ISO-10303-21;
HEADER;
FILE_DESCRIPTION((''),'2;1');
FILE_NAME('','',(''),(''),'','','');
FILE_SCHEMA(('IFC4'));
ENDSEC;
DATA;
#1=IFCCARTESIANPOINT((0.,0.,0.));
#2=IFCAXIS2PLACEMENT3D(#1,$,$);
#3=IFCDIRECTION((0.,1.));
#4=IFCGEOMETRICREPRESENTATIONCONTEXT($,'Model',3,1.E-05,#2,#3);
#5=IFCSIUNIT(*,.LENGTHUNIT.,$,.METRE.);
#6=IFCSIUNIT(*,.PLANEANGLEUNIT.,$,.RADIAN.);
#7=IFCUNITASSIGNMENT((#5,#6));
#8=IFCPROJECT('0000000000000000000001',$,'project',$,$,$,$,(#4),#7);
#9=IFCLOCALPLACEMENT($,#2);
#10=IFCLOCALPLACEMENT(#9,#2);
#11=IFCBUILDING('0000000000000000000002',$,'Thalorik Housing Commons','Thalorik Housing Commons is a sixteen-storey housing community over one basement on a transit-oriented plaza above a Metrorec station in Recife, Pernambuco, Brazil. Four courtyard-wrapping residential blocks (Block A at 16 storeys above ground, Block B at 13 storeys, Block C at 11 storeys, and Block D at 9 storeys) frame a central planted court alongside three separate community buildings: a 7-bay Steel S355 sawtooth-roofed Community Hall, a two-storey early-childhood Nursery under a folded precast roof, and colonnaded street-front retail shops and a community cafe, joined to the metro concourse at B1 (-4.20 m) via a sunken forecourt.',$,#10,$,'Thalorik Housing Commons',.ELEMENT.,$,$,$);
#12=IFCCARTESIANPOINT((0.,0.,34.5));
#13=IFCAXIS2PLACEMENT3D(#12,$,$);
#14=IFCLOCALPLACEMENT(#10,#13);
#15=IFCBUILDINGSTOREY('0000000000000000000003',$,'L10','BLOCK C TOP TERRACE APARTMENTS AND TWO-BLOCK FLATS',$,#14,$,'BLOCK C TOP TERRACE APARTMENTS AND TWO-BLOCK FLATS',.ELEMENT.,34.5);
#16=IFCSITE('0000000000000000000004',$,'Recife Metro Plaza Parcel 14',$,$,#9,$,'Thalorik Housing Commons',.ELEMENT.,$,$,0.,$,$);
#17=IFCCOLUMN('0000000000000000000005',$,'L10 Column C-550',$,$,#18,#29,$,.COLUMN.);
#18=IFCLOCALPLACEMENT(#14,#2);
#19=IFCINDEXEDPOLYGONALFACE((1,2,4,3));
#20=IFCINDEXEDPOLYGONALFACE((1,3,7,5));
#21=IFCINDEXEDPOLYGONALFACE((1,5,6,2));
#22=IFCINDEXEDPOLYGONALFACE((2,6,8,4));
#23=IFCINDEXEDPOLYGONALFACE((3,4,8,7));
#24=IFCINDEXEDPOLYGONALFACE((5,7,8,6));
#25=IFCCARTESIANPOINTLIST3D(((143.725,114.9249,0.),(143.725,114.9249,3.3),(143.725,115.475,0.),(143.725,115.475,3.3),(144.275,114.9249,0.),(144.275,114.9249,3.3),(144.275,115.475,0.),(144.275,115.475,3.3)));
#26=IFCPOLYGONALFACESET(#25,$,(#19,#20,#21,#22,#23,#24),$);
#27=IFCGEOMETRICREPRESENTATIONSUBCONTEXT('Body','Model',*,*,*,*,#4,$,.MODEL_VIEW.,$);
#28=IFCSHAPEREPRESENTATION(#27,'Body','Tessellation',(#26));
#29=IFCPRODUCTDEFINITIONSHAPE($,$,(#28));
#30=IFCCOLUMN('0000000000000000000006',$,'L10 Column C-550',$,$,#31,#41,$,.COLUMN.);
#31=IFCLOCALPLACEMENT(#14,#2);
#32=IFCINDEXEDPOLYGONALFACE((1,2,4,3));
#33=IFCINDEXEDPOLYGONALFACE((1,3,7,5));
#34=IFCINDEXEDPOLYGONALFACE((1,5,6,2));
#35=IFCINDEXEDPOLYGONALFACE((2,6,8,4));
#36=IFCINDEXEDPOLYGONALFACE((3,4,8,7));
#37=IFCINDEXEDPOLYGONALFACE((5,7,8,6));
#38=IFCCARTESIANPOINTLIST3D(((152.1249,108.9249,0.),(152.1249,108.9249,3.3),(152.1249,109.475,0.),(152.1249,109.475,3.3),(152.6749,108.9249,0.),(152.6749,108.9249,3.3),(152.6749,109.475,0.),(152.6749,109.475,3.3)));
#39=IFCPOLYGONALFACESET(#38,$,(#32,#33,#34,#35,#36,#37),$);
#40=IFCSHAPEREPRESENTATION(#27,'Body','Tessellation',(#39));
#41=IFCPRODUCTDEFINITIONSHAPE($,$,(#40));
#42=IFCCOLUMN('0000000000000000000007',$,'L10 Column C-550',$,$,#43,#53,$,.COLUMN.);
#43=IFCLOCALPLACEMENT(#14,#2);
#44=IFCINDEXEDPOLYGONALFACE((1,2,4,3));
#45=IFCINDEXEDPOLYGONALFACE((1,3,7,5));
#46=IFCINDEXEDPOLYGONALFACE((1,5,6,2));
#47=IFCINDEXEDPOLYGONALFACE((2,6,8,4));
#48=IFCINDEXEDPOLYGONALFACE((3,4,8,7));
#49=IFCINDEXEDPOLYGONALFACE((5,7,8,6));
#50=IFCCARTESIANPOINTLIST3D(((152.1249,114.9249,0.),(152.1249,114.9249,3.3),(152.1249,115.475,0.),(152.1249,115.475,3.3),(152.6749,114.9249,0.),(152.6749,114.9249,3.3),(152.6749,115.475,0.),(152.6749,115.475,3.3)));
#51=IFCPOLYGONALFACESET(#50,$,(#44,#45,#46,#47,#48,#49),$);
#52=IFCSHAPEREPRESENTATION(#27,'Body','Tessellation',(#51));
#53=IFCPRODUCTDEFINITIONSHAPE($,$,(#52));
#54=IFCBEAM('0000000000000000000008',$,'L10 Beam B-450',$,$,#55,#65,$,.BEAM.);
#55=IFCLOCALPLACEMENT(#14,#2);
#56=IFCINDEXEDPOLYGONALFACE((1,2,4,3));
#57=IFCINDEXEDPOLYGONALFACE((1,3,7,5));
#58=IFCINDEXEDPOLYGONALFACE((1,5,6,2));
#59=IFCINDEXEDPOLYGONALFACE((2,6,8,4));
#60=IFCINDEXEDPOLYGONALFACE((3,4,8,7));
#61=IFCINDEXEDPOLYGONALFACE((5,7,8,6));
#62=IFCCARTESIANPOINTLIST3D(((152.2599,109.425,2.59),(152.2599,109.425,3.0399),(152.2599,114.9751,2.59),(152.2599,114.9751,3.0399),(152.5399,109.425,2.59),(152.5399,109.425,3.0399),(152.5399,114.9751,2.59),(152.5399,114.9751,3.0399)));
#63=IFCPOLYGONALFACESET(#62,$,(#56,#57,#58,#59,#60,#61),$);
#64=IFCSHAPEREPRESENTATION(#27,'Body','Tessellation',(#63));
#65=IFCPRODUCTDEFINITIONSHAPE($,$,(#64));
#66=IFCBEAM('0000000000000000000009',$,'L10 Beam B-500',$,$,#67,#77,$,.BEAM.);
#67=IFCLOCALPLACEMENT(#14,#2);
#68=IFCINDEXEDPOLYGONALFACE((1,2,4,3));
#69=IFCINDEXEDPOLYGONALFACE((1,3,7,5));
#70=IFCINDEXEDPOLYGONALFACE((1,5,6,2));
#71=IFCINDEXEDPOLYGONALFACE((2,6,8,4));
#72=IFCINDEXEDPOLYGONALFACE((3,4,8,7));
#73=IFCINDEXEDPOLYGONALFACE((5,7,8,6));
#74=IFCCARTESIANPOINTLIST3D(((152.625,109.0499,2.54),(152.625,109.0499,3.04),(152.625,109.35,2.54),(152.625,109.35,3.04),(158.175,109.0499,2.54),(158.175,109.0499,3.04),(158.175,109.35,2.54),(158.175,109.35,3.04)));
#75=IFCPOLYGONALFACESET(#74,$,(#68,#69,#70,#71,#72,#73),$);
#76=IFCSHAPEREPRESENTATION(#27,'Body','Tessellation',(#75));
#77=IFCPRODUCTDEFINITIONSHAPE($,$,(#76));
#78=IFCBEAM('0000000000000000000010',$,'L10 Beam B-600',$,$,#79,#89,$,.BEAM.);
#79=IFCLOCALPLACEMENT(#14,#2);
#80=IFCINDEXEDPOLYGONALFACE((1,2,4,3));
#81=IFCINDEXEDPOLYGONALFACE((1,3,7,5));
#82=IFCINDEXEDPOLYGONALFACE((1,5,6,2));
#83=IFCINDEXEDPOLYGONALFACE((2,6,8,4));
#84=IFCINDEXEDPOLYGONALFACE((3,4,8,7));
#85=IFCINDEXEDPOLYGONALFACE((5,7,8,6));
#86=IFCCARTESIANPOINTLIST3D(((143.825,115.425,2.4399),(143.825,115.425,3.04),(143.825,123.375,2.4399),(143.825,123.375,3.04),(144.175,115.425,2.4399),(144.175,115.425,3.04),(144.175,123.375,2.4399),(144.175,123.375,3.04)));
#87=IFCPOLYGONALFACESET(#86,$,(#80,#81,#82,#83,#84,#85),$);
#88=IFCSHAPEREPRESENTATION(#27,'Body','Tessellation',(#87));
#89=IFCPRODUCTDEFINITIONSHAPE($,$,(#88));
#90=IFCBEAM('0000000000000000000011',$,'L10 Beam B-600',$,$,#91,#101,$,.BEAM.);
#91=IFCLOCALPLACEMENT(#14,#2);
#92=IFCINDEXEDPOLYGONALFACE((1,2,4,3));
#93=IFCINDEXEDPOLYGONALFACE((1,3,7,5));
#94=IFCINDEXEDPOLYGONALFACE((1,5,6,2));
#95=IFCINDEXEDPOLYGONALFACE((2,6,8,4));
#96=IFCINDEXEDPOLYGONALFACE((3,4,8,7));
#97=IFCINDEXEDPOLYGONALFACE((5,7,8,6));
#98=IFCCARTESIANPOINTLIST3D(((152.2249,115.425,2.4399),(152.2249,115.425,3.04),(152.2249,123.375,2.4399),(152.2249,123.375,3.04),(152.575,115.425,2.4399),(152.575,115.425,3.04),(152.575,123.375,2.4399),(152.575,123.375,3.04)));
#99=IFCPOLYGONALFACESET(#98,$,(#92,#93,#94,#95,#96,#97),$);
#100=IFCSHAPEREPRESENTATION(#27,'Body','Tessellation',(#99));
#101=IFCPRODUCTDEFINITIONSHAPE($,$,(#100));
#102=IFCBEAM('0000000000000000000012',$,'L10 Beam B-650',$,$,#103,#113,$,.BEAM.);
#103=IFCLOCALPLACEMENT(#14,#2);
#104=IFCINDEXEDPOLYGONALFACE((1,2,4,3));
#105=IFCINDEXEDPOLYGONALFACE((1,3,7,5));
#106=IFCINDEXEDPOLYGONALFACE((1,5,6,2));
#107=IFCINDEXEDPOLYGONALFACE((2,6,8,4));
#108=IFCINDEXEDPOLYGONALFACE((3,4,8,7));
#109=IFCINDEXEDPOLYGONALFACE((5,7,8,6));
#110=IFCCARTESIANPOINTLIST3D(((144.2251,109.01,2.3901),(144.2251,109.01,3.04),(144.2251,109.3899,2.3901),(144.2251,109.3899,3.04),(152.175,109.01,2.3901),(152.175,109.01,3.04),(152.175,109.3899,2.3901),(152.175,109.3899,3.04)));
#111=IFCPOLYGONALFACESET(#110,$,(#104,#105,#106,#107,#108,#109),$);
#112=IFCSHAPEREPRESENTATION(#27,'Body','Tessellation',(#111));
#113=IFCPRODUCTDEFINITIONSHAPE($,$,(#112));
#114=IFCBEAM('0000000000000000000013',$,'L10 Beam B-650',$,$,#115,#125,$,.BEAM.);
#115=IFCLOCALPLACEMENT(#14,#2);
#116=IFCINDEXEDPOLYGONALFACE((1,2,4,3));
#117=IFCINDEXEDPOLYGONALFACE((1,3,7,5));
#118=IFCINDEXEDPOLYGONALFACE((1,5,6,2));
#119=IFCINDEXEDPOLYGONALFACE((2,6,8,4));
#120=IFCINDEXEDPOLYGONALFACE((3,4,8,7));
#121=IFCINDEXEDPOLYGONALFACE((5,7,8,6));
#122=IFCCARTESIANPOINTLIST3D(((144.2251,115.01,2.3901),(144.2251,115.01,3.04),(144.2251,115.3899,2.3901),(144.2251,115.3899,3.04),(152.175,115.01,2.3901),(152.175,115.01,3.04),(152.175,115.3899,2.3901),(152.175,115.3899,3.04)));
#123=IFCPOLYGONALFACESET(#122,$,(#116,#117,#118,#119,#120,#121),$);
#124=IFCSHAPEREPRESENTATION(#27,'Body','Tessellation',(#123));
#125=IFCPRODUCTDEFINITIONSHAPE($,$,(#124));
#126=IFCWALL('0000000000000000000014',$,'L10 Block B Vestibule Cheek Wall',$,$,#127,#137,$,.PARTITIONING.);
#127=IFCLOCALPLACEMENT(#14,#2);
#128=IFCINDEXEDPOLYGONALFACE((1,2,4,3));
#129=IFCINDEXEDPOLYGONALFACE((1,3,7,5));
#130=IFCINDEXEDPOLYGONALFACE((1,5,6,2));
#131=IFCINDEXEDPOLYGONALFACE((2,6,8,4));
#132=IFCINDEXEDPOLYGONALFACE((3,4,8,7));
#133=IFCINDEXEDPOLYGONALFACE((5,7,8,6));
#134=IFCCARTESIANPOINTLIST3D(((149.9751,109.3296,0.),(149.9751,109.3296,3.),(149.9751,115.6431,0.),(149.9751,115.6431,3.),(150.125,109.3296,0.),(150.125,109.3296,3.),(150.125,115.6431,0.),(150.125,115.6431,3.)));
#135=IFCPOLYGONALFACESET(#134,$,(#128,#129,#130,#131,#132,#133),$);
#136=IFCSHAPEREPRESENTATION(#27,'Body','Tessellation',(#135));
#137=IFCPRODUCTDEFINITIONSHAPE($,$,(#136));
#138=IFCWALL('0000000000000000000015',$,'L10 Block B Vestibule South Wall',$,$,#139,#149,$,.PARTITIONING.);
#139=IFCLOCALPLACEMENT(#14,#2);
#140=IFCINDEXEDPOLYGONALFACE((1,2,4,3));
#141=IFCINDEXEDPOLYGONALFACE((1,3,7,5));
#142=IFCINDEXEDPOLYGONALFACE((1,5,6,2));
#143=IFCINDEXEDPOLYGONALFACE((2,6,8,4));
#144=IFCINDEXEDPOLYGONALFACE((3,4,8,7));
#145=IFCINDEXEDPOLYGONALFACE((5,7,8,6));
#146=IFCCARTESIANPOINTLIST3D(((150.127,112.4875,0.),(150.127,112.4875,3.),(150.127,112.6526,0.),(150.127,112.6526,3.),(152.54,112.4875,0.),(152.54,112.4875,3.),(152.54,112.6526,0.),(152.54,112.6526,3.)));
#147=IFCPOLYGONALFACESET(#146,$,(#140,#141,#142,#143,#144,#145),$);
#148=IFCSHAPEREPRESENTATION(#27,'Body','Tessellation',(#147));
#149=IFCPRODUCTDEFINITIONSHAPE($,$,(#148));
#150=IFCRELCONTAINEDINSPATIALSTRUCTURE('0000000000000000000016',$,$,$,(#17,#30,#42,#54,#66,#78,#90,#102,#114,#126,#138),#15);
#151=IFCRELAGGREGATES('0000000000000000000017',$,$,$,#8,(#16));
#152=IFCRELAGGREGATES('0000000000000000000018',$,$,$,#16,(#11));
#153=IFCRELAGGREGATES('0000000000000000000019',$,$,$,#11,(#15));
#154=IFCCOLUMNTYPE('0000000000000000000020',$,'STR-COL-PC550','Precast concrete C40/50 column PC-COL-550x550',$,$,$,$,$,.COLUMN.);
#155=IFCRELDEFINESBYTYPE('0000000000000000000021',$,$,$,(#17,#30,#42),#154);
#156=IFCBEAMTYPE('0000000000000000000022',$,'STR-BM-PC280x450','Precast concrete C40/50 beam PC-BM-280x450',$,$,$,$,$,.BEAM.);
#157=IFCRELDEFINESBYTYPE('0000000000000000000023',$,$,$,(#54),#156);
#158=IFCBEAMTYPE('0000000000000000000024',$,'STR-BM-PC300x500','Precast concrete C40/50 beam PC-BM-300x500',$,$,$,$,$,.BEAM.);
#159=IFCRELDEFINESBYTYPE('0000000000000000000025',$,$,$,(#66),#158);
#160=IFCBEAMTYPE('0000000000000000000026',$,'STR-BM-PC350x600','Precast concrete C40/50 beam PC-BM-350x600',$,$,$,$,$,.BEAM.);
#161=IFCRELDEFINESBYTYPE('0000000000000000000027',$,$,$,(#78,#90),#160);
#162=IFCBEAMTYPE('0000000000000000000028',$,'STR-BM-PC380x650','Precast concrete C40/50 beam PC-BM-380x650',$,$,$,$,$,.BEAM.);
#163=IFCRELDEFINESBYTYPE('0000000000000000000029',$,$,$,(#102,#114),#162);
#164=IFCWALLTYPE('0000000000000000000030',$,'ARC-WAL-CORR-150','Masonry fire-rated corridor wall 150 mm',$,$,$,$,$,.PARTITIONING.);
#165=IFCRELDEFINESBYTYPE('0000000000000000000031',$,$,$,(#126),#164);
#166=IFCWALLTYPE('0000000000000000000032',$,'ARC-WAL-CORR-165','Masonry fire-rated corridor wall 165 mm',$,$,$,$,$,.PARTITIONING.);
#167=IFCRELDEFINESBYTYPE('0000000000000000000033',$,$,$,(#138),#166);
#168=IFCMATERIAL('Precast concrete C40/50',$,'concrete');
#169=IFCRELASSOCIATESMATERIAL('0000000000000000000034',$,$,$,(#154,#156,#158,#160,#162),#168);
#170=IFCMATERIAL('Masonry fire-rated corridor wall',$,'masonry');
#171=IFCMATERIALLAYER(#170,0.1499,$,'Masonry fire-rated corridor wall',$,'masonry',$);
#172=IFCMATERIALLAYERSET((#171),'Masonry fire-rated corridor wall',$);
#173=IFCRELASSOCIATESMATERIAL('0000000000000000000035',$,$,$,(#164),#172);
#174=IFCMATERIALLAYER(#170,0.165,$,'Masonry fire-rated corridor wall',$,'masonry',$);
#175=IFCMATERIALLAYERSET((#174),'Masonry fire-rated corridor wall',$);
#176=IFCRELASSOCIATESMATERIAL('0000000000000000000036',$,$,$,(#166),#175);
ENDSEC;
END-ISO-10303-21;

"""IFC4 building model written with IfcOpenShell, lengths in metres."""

from ifc_helpers import new_model, si_unit, direction, frame, frame_2d, origin, origin_2d, place, context, subcontext, project, spatial, rectangle, extrude, material, layer, layer_set, material_profile, profile_set, type_object, element, save


model = new_model("IFC4")

# Units and contexts
model_context = context("Model", 3, precision=1e-05, world=origin(), true_north=direction((0.0, 1.0)))
body_context = subcontext(model_context, "Body", "Model", "MODEL_VIEW")
ifc_project = project(units=[si_unit("LENGTHUNIT", "METRE"), si_unit("PLANEANGLEUNIT", "RADIAN")], contexts=[model_context])

# Site, building, storey
site_placement = place(None, origin())
site = spatial("IfcSite", under=ifc_project, at=site_placement, Name="Recife Metro Plaza Parcel 14", LongName="Thalorik Housing Commons", CompositionType="ELEMENT", RefElevation=0.0)
building_placement = place(site_placement, origin())
building = spatial("IfcBuilding", under=site, at=building_placement, Name="Thalorik Housing Commons", Description="Thalorik Housing Commons is a sixteen-storey housing community over one basement on a transit-oriented plaza above a Metrorec station in Recife, Pernambuco, Brazil. Four courtyard-wrapping residential blocks (Block A at 16 storeys above ground, Block B at 13 storeys, Block C at 11 storeys, and Block D at 9 storeys) frame a central planted court alongside three separate community buildings: a 7-bay Steel S355 sawtooth-roofed Community Hall, a two-storey early-childhood Nursery under a folded precast roof, and colonnaded street-front retail shops and a community cafe, joined to the metro concourse at B1 (-4.20 m) via a sunken forecourt.", LongName="Thalorik Housing Commons", CompositionType="ELEMENT")
storey_placement = place(building_placement, frame((0.0, 0.0, 34.5)))
storey = spatial("IfcBuildingStorey", under=building, at=storey_placement, Name="L10", Description="BLOCK C TOP TERRACE APARTMENTS AND TWO-BLOCK FLATS", LongName="BLOCK C TOP TERRACE APARTMENTS AND TWO-BLOCK FLATS", CompositionType="ELEMENT", Elevation=34.5)

# Columns
ifc_material_1 = material(Name="Precast concrete C40/50", Category="concrete")
ifc_material_profile_1 = material_profile(ifc_material_1, rectangle(XDim=0.55, YDim=0.55, at=origin_2d()), Name="PC 550x550", Category="concrete")
ifc_profile_set_1 = profile_set([ifc_material_profile_1], Name="Precast concrete C40/50")
column_type = type_object("IfcColumnType", Name="STR-COL-PC550", Description="Precast concrete C40/50 column PC-COL-550x550", PredefinedType="COLUMN", material=ifc_profile_set_1)
for number, where, z_axis, x_axis, name in (
    (1, (144.0, 115.2, 0.0), (0.0, 0.0, 1.0), (1.0, 0.0, 0.0), "L10 Column C-550"),
    (2, (152.3999, 109.2, 0.0), (0.0, 0.0, 1.0), (1.0, 0.0, 0.0), "L10 Column C-550"),
    (3, (152.3999, 115.2, 0.0), (0.0, 0.0, 1.0), (1.0, 0.0, 0.0), "L10 Column C-550"),
):
    element("IfcColumn", number, at=place(storey_placement, frame(where, z_axis=z_axis, x_axis=x_axis)), inside=storey, type_object=column_type, Name=name, PredefinedType="COLUMN", context=body_context, shape_type="SweptSolid", body=[
        extrude(rectangle(XDim=0.55, YDim=0.55, at=origin_2d()), origin(), (0.0, 0.0, 1.0), 3.3),
    ])

# Beams
ifc_material_profile_2 = material_profile(ifc_material_1, rectangle(XDim=0.28, YDim=0.45, at=origin_2d()), Name="PC 280x450", Category="concrete")
ifc_profile_set_2 = profile_set([ifc_material_profile_2], Name="Precast concrete C40/50")
beam_type_1 = type_object("IfcBeamType", Name="STR-BM-PC280x450", Description="Precast concrete C40/50 beam PC-BM-280x450", PredefinedType="BEAM", material=ifc_profile_set_2)
beam_1_placement = place(storey_placement, frame((152.3999, 109.425, 2.8149), z_axis=(0.0, 1.0, 0.0), x_axis=(-1.0, 0.0, 0.0)))
element("IfcBeam", 4, at=beam_1_placement, inside=storey, type_object=beam_type_1, Name="L10 Beam B-450", PredefinedType="BEAM", context=body_context, shape_type="SweptSolid", body=[
    extrude(rectangle(XDim=0.28, YDim=0.45, at=origin_2d()), origin(), (0.0, 0.0, 1.0), 5.55),
])
ifc_material_profile_3 = material_profile(ifc_material_1, rectangle(XDim=0.3, YDim=0.5, at=origin_2d()), Name="PC 300x500", Category="concrete")
ifc_profile_set_3 = profile_set([ifc_material_profile_3], Name="Precast concrete C40/50")
beam_type_2 = type_object("IfcBeamType", Name="STR-BM-PC300x500", Description="Precast concrete C40/50 beam PC-BM-300x500", PredefinedType="BEAM", material=ifc_profile_set_3)
beam_2_placement = place(storey_placement, frame((152.625, 109.2, 2.79), z_axis=(1.0, 0.0, 0.0), x_axis=(0.0, 1.0, 0.0)))
element("IfcBeam", 5, at=beam_2_placement, inside=storey, type_object=beam_type_2, Name="L10 Beam B-500", PredefinedType="BEAM", context=body_context, shape_type="SweptSolid", body=[
    extrude(rectangle(XDim=0.3, YDim=0.5, at=origin_2d()), origin(), (0.0, 0.0, 1.0), 5.55),
])
ifc_material_profile_4 = material_profile(ifc_material_1, rectangle(XDim=0.3501, YDim=0.6001, at=origin_2d()), Name="PC 350x600", Category="concrete")
ifc_profile_set_4 = profile_set([ifc_material_profile_4], Name="Precast concrete C40/50")
beam_type_3 = type_object("IfcBeamType", Name="STR-BM-PC350x600", Description="Precast concrete C40/50 beam PC-BM-350x600", PredefinedType="BEAM", material=ifc_profile_set_4)
for number, where, z_axis, x_axis, name in (
    (6, (144.0, 115.425, 2.74), (0.0, 1.0, 0.0), (-1.0, 0.0, 0.0), "L10 Beam B-600"),
    (7, (152.3999, 115.425, 2.74), (0.0, 1.0, 0.0), (-1.0, 0.0, 0.0), "L10 Beam B-600"),
):
    element("IfcBeam", number, at=place(storey_placement, frame(where, z_axis=z_axis, x_axis=x_axis)), inside=storey, type_object=beam_type_3, Name=name, PredefinedType="BEAM", context=body_context, shape_type="SweptSolid", body=[
        extrude(rectangle(XDim=0.3501, YDim=0.6001, at=origin_2d()), origin(), (0.0, 0.0, 1.0), 7.95),
    ])
ifc_material_profile_5 = material_profile(ifc_material_1, rectangle(XDim=0.3799, YDim=0.6499, at=origin_2d()), Name="PC 380x650", Category="concrete")
ifc_profile_set_5 = profile_set([ifc_material_profile_5], Name="Precast concrete C40/50")
beam_type_4 = type_object("IfcBeamType", Name="STR-BM-PC380x650", Description="Precast concrete C40/50 beam PC-BM-380x650", PredefinedType="BEAM", material=ifc_profile_set_5)
for number, where, z_axis, x_axis, name in (
    (8, (144.2251, 109.2, 2.7151), (1.0, 0.0, 0.0), (0.0, 1.0, 0.0), "L10 Beam B-650"),
    (9, (144.2251, 115.2, 2.7151), (1.0, 0.0, 0.0), (0.0, 1.0, 0.0), "L10 Beam B-650"),
):
    element("IfcBeam", number, at=place(storey_placement, frame(where, z_axis=z_axis, x_axis=x_axis)), inside=storey, type_object=beam_type_4, Name=name, PredefinedType="BEAM", context=body_context, shape_type="SweptSolid", body=[
        extrude(rectangle(XDim=0.3799, YDim=0.6499, at=origin_2d()), origin(), (0.0, 0.0, 1.0), 7.95),
    ])

# Walls
ifc_material_2 = material(Name="Masonry fire-rated corridor wall", Category="masonry")
ifc_layer_1 = layer(ifc_material_2, 0.1499, Name="Masonry fire-rated corridor wall", Category="masonry")
ifc_layer_set_1 = layer_set([ifc_layer_1], Name="Masonry fire-rated corridor wall")
wall_type_1 = type_object("IfcWallType", Name="ARC-WAL-CORR-150", Description="Masonry fire-rated corridor wall 150 mm", PredefinedType="PARTITIONING", material=ifc_layer_set_1)
wall_1_placement = place(storey_placement, frame((150.05, 109.3296, 0.0), z_axis=(0.0, 0.0, 1.0), x_axis=(0.0, 1.0, 0.0)))
element("IfcWall", 10, at=wall_1_placement, inside=storey, type_object=wall_type_1, Name="L10 Block B Vestibule Cheek Wall", PredefinedType="PARTITIONING", context=body_context, shape_type="SweptSolid", body=[
    extrude(rectangle(XDim=6.3135, YDim=0.1499, at=frame_2d((3.1567, 0.0))), origin(), (0.0, 0.0, 1.0), 3.0),
])
ifc_layer_2 = layer(ifc_material_2, 0.165, Name="Masonry fire-rated corridor wall", Category="masonry")
ifc_layer_set_2 = layer_set([ifc_layer_2], Name="Masonry fire-rated corridor wall")
wall_type_2 = type_object("IfcWallType", Name="ARC-WAL-CORR-165", Description="Masonry fire-rated corridor wall 165 mm", PredefinedType="PARTITIONING", material=ifc_layer_set_2)
wall_2_placement = place(storey_placement, frame((150.127, 112.5701, 0.0), z_axis=(0.0, 0.0, 1.0), x_axis=(1.0, 0.0, 0.0)))
element("IfcWall", 11, at=wall_2_placement, inside=storey, type_object=wall_type_2, Name="L10 Block B Vestibule South Wall", PredefinedType="PARTITIONING", context=body_context, shape_type="SweptSolid", body=[
    extrude(rectangle(XDim=2.4131, YDim=0.165, at=frame_2d((1.2065, 0.0))), origin(), (0.0, 0.0, 1.0), 3.0),
])

save(model, "model.ifc")
